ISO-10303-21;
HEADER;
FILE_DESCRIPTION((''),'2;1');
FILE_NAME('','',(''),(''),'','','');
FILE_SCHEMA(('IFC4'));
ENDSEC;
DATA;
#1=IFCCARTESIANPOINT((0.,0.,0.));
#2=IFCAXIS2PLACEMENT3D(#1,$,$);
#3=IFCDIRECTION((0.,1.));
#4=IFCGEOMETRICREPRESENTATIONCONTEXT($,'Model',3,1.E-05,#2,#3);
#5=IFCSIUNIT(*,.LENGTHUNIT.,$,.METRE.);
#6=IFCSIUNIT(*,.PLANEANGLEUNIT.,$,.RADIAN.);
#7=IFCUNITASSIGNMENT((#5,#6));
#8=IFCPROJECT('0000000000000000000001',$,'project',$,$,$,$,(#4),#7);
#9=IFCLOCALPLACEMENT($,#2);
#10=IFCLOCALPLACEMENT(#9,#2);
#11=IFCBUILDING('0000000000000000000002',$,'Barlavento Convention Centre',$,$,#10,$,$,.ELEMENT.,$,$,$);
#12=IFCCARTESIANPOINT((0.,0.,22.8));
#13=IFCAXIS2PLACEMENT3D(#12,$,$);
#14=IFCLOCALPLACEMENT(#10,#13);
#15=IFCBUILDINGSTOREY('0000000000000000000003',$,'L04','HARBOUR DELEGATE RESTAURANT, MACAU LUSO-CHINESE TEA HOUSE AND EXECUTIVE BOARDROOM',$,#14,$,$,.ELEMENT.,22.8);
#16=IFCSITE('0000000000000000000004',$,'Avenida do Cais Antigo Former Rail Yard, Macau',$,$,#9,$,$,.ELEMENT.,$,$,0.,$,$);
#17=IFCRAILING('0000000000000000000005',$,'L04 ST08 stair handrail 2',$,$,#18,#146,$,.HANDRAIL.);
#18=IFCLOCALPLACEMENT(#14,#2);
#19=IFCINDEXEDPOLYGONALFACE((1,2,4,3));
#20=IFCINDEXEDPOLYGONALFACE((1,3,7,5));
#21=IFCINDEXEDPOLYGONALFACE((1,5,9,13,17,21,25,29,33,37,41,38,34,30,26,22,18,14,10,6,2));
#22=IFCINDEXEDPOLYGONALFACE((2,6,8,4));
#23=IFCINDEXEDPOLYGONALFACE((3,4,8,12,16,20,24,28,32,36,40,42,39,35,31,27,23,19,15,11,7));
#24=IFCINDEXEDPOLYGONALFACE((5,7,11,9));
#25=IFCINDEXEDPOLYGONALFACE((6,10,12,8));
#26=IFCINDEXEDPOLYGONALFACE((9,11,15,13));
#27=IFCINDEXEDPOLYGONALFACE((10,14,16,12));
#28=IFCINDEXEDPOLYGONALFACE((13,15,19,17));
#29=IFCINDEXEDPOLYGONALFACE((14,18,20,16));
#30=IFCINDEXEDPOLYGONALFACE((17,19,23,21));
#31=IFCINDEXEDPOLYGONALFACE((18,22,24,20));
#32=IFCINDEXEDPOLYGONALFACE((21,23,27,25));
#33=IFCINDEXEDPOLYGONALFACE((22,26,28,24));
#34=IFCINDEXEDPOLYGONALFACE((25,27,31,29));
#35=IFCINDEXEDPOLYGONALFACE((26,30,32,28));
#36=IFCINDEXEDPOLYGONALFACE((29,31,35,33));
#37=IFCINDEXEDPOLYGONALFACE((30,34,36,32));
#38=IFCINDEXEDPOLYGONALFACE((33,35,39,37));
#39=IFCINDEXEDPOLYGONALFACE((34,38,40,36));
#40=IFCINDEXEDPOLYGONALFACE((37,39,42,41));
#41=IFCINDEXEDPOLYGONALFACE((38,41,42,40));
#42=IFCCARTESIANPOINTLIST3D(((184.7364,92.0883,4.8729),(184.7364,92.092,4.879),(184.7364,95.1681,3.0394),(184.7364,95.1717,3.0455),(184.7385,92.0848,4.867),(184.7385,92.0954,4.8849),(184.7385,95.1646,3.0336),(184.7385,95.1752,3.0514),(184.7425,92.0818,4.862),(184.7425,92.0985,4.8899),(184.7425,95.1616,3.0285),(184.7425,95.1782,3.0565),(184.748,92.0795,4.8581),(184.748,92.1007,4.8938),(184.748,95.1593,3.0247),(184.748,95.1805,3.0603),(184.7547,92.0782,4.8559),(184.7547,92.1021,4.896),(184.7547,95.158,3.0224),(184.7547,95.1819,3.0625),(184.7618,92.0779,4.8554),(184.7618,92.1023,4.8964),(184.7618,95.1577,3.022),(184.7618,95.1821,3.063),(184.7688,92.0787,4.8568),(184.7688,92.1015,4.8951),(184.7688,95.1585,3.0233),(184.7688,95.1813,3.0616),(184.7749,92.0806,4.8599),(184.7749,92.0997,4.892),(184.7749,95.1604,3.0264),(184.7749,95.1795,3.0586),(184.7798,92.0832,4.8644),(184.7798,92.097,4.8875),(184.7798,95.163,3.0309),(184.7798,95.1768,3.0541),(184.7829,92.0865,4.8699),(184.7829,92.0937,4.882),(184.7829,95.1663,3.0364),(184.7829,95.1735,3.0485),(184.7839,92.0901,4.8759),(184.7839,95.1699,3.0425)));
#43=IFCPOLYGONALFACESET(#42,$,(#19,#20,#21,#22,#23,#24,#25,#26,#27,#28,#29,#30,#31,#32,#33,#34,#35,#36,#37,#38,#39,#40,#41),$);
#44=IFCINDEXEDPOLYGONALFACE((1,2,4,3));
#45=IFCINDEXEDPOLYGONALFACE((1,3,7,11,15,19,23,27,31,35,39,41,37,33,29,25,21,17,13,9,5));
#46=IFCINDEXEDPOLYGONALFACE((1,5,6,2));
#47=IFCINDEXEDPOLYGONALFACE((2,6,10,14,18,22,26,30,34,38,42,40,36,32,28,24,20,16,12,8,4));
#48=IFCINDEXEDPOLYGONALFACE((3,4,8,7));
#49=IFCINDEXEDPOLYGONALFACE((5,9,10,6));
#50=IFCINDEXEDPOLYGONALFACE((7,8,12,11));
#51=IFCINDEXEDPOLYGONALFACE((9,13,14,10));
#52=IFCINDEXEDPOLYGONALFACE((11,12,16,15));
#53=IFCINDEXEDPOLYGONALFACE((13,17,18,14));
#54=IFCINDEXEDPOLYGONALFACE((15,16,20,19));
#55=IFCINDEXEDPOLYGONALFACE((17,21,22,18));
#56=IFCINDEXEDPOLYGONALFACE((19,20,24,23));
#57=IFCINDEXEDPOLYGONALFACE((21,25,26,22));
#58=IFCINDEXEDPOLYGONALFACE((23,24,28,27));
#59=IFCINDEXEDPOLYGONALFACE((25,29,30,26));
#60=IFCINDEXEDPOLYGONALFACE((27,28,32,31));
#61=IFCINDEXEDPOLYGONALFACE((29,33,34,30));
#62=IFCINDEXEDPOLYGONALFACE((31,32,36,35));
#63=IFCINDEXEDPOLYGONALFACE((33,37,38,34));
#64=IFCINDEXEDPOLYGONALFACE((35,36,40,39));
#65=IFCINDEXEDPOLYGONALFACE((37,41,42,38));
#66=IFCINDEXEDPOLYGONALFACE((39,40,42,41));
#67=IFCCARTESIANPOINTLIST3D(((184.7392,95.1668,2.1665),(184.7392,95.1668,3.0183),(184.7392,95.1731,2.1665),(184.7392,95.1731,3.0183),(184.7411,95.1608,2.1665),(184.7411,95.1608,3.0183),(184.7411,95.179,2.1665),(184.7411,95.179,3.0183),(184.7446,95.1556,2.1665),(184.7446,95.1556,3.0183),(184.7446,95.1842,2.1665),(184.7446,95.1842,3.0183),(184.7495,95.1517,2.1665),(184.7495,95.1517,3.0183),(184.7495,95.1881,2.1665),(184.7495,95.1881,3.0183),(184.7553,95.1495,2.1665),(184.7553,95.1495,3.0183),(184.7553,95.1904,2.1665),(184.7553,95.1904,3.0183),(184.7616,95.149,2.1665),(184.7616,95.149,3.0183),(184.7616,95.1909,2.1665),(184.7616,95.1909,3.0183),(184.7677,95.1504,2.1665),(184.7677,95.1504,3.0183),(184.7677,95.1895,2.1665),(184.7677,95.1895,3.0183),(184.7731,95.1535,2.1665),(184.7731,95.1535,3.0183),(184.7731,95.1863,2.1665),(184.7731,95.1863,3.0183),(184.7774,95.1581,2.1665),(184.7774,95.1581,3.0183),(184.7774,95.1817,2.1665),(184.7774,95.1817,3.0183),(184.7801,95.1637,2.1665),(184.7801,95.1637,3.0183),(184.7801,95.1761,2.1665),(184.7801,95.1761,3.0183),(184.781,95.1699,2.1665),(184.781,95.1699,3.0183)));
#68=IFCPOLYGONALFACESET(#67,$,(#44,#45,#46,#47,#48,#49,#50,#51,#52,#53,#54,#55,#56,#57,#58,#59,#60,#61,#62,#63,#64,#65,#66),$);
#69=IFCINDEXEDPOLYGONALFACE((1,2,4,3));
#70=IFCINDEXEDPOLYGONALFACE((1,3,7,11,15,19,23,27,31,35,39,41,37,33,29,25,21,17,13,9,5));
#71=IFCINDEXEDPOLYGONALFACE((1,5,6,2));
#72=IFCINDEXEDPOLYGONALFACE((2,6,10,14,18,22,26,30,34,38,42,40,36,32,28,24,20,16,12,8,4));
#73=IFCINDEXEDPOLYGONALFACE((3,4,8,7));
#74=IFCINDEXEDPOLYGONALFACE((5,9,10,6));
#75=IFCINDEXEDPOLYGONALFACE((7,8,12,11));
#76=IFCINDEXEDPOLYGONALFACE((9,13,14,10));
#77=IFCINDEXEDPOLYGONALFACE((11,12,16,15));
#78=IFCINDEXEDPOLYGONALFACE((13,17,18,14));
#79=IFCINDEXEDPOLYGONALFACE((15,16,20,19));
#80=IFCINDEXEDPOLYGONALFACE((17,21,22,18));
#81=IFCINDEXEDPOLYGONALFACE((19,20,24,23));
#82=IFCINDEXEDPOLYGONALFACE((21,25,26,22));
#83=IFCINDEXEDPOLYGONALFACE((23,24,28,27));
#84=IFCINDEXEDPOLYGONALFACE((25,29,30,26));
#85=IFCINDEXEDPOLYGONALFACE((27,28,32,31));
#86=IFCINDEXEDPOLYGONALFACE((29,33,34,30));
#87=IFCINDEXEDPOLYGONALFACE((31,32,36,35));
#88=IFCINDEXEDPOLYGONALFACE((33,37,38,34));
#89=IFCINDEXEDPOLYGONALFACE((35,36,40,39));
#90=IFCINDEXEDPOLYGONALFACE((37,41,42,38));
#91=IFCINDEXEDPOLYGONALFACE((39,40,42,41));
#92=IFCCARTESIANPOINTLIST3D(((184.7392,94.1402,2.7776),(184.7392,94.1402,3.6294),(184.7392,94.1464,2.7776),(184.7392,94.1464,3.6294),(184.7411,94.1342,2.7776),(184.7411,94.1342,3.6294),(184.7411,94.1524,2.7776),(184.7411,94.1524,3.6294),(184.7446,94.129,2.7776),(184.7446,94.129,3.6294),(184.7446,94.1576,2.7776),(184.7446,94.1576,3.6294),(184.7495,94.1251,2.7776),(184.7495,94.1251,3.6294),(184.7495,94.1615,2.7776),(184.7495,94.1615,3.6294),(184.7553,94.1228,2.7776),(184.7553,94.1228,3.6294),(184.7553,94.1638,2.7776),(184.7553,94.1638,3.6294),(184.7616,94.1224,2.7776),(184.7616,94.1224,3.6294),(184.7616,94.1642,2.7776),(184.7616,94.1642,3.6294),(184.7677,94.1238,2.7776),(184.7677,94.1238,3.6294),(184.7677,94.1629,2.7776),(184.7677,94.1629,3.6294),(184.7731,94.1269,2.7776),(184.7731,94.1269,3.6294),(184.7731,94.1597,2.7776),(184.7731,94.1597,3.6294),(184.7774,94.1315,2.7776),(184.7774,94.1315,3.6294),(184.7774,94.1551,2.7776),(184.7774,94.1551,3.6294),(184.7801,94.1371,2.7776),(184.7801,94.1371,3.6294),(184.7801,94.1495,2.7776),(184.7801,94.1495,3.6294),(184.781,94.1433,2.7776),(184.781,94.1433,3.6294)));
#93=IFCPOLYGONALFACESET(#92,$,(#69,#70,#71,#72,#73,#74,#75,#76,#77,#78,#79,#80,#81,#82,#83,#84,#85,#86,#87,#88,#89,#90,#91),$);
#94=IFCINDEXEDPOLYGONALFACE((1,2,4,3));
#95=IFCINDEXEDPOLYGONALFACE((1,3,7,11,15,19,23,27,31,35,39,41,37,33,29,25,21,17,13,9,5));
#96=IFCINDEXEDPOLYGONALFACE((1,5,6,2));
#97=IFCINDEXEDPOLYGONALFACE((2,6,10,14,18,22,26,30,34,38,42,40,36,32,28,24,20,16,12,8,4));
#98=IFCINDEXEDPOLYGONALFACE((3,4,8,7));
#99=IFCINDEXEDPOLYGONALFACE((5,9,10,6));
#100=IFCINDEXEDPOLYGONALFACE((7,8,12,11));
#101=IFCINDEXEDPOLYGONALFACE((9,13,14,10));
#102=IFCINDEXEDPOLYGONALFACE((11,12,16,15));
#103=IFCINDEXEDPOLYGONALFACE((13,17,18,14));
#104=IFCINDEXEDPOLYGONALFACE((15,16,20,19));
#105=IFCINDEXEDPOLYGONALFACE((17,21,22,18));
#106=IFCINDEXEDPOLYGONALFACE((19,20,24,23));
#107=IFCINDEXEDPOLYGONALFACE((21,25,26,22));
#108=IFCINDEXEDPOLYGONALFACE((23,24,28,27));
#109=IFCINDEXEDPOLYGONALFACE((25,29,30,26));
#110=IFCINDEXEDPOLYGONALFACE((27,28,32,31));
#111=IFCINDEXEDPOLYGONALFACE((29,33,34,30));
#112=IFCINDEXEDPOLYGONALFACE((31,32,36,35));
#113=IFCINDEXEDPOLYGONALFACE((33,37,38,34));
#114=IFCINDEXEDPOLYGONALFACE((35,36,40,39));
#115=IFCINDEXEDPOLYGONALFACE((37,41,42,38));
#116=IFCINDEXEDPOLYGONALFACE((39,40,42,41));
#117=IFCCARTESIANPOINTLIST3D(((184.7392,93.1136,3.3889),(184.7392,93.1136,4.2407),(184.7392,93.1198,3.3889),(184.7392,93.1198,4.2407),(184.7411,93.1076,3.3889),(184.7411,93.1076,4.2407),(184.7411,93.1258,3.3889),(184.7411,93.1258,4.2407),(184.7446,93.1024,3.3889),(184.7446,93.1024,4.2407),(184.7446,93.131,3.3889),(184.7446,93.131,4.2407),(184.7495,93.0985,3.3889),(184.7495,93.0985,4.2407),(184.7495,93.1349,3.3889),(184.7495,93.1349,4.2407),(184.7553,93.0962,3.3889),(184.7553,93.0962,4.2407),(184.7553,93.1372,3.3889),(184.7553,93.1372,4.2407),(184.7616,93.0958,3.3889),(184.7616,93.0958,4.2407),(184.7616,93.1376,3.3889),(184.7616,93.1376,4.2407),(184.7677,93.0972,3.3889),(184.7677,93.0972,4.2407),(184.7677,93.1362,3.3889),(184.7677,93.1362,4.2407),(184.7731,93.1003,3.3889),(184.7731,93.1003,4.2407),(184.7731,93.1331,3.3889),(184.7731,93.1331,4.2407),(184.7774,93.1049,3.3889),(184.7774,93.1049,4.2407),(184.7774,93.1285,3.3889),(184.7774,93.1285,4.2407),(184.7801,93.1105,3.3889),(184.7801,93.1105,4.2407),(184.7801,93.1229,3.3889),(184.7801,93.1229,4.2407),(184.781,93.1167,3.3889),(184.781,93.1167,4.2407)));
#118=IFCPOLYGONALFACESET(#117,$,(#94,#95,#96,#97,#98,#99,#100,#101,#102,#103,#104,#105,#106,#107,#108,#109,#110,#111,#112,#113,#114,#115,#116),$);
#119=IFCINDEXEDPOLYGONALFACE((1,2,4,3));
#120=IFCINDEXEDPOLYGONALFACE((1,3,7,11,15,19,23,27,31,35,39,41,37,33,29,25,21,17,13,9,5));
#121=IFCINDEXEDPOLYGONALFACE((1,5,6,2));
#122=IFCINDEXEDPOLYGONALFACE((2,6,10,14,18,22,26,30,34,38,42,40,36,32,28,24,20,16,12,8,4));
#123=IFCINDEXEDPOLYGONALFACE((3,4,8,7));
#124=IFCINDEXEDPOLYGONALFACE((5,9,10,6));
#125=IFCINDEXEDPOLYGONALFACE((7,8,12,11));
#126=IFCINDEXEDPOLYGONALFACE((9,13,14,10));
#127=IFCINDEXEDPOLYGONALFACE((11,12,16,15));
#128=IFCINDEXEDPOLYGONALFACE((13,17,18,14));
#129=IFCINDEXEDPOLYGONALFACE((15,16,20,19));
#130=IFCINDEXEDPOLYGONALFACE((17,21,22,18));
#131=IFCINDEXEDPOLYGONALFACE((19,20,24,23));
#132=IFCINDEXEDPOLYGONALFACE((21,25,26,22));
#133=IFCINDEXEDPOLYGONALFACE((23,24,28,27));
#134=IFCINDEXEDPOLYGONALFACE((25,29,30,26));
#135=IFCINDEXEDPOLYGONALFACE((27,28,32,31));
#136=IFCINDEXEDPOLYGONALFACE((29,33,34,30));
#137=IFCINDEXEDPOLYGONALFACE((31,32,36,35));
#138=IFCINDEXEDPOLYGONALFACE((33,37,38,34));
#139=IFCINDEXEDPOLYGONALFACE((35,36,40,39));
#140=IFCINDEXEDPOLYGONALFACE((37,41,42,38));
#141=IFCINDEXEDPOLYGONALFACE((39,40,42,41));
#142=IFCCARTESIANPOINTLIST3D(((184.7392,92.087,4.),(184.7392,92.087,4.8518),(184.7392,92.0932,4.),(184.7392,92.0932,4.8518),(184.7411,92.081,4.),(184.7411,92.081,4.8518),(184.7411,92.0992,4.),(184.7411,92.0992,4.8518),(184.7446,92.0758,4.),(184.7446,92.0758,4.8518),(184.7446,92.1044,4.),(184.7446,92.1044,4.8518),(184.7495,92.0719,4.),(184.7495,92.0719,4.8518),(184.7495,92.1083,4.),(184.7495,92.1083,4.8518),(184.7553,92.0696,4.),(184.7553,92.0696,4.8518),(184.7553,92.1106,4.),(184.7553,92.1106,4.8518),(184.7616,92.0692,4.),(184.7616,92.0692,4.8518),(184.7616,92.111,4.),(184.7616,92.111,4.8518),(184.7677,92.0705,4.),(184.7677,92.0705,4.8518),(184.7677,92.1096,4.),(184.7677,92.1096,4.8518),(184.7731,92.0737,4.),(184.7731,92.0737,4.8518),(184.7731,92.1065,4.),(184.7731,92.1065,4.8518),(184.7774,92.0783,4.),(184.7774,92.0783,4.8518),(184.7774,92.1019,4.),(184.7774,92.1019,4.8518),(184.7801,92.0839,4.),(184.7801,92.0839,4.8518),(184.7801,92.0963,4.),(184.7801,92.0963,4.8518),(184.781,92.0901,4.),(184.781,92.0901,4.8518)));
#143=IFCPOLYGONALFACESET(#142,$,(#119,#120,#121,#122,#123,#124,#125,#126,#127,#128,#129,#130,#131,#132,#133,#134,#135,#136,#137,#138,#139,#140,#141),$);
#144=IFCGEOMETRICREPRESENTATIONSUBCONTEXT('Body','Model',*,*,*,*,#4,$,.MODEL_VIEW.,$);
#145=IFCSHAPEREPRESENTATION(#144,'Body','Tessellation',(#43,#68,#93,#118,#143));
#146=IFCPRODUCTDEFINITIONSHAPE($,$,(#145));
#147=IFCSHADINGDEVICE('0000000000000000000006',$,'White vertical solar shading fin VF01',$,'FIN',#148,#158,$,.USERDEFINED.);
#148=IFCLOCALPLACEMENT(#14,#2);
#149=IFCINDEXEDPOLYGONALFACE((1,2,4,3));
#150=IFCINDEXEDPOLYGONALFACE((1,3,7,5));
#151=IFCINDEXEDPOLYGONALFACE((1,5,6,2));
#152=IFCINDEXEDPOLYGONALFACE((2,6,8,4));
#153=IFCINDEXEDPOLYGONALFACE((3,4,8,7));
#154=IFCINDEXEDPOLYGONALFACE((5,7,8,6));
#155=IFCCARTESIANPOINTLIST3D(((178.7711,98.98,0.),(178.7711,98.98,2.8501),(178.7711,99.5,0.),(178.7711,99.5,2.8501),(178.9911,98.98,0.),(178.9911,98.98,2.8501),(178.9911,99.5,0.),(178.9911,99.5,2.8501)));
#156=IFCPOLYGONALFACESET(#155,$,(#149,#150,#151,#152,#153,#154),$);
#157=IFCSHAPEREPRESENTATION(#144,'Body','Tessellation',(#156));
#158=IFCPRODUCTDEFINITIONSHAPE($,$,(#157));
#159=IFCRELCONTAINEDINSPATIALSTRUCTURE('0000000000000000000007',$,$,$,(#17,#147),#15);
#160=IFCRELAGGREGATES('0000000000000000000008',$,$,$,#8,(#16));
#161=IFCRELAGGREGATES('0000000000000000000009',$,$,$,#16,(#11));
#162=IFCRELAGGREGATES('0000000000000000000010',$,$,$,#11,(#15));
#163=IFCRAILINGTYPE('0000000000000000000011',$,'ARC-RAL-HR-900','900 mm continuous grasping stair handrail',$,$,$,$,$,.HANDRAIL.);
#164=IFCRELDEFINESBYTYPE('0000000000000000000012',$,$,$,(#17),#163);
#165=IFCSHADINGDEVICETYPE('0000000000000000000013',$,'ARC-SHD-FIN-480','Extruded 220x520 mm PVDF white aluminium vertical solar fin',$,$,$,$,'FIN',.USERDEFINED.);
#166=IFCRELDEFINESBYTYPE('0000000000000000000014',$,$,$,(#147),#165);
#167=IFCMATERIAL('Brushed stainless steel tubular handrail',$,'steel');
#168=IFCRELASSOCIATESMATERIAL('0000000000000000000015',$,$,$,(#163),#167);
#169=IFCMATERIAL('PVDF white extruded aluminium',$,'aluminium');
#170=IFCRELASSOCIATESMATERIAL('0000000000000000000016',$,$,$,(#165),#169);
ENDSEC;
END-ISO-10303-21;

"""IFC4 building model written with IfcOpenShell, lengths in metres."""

from ifc_helpers import new_model, si_unit, direction, frame, origin, origin_2d, place, context, subcontext, project, spatial, rectangle, circle, extrude, material, type_object, element, save


model = new_model("IFC4")

# Units and contexts
model_context = context("Model", 3, precision=1e-05, world=origin(), true_north=direction((0.0, 1.0)))
body_context = subcontext(model_context, "Body", "Model", "MODEL_VIEW")
ifc_project = project(units=[si_unit("LENGTHUNIT", "METRE"), si_unit("PLANEANGLEUNIT", "RADIAN")], contexts=[model_context])

# Site, building, storey
site_placement = place(None, origin())
site = spatial("IfcSite", under=ifc_project, at=site_placement, Name="Avenida do Cais Antigo Former Rail Yard, Macau", CompositionType="ELEMENT", RefElevation=0.0)
building_placement = place(site_placement, origin())
building = spatial("IfcBuilding", under=site, at=building_placement, Name="Barlavento Convention Centre", CompositionType="ELEMENT")
storey_placement = place(building_placement, frame((0.0, 0.0, 22.8)))
storey = spatial("IfcBuildingStorey", under=building, at=storey_placement, Name="L04", Description="HARBOUR DELEGATE RESTAURANT, MACAU LUSO-CHINESE TEA HOUSE AND EXECUTIVE BOARDROOM", CompositionType="ELEMENT", Elevation=22.8)

# Railing
ifc_material_1 = material(Name="Brushed stainless steel tubular handrail", Category="steel")
railing_type_1 = type_object("IfcRailingType", Name="ARC-RAL-HR-900", Description="900 mm continuous grasping stair handrail", PredefinedType="HANDRAIL", material=ifc_material_1)
railing_1_placement = place(storey_placement, frame((184.76, 95.1699, 2.1665)))
element("IfcRailing", 1, at=railing_1_placement, inside=storey, type_object=railing_type_1, Name="L04 ST08 stair handrail 2", PredefinedType="HANDRAIL", context=body_context, shape_type="SweptSolid", body=[
    extrude(circle(Radius=0.0239, at=origin_2d()), frame((0.0, 0.0, 0.876), z_axis=(0.0, -0.859261, 0.511538), x_axis=(1.0, 0.0, 0.0)), (0.0, 0.0, 1.0), 3.5842),
    extrude(circle(Radius=0.021, at=origin_2d()), origin(), (0.0, 0.0, 1.0), 0.8518),
    extrude(circle(Radius=0.021, at=origin_2d()), frame((0.0, -1.0266, 0.6111)), (0.0, 0.0, 1.0), 0.8518),
    extrude(circle(Radius=0.021, at=origin_2d()), frame((0.0, -2.0532, 1.2224)), (0.0, 0.0, 1.0), 0.8518),
    extrude(circle(Radius=0.021, at=origin_2d()), frame((0.0, -3.0798, 1.8335)), (0.0, 0.0, 1.0), 0.8518),
])

# Shading device
ifc_material_2 = material(Name="PVDF white extruded aluminium", Category="aluminium")
shading_device_type = type_object("IfcShadingDeviceType", Name="ARC-SHD-FIN-480", Description="Extruded 220x520 mm PVDF white aluminium vertical solar fin", ElementType="FIN", PredefinedType="USERDEFINED", material=ifc_material_2)
shading_device_placement = place(storey_placement, frame((178.8811, 99.24, 0.0), z_axis=(0.0, 0.0, 1.0), x_axis=(1.0, 0.0, 0.0)))
element("IfcShadingDevice", 2, at=shading_device_placement, inside=storey, type_object=shading_device_type, Name="White vertical solar shading fin VF01", ObjectType="FIN", PredefinedType="USERDEFINED", context=body_context, shape_type="SweptSolid", body=[
    extrude(rectangle(XDim=0.22, YDim=0.52, at=origin_2d()), origin(), (0.0, 0.0, 1.0), 2.8501),
])

save(model, "model.ifc")
